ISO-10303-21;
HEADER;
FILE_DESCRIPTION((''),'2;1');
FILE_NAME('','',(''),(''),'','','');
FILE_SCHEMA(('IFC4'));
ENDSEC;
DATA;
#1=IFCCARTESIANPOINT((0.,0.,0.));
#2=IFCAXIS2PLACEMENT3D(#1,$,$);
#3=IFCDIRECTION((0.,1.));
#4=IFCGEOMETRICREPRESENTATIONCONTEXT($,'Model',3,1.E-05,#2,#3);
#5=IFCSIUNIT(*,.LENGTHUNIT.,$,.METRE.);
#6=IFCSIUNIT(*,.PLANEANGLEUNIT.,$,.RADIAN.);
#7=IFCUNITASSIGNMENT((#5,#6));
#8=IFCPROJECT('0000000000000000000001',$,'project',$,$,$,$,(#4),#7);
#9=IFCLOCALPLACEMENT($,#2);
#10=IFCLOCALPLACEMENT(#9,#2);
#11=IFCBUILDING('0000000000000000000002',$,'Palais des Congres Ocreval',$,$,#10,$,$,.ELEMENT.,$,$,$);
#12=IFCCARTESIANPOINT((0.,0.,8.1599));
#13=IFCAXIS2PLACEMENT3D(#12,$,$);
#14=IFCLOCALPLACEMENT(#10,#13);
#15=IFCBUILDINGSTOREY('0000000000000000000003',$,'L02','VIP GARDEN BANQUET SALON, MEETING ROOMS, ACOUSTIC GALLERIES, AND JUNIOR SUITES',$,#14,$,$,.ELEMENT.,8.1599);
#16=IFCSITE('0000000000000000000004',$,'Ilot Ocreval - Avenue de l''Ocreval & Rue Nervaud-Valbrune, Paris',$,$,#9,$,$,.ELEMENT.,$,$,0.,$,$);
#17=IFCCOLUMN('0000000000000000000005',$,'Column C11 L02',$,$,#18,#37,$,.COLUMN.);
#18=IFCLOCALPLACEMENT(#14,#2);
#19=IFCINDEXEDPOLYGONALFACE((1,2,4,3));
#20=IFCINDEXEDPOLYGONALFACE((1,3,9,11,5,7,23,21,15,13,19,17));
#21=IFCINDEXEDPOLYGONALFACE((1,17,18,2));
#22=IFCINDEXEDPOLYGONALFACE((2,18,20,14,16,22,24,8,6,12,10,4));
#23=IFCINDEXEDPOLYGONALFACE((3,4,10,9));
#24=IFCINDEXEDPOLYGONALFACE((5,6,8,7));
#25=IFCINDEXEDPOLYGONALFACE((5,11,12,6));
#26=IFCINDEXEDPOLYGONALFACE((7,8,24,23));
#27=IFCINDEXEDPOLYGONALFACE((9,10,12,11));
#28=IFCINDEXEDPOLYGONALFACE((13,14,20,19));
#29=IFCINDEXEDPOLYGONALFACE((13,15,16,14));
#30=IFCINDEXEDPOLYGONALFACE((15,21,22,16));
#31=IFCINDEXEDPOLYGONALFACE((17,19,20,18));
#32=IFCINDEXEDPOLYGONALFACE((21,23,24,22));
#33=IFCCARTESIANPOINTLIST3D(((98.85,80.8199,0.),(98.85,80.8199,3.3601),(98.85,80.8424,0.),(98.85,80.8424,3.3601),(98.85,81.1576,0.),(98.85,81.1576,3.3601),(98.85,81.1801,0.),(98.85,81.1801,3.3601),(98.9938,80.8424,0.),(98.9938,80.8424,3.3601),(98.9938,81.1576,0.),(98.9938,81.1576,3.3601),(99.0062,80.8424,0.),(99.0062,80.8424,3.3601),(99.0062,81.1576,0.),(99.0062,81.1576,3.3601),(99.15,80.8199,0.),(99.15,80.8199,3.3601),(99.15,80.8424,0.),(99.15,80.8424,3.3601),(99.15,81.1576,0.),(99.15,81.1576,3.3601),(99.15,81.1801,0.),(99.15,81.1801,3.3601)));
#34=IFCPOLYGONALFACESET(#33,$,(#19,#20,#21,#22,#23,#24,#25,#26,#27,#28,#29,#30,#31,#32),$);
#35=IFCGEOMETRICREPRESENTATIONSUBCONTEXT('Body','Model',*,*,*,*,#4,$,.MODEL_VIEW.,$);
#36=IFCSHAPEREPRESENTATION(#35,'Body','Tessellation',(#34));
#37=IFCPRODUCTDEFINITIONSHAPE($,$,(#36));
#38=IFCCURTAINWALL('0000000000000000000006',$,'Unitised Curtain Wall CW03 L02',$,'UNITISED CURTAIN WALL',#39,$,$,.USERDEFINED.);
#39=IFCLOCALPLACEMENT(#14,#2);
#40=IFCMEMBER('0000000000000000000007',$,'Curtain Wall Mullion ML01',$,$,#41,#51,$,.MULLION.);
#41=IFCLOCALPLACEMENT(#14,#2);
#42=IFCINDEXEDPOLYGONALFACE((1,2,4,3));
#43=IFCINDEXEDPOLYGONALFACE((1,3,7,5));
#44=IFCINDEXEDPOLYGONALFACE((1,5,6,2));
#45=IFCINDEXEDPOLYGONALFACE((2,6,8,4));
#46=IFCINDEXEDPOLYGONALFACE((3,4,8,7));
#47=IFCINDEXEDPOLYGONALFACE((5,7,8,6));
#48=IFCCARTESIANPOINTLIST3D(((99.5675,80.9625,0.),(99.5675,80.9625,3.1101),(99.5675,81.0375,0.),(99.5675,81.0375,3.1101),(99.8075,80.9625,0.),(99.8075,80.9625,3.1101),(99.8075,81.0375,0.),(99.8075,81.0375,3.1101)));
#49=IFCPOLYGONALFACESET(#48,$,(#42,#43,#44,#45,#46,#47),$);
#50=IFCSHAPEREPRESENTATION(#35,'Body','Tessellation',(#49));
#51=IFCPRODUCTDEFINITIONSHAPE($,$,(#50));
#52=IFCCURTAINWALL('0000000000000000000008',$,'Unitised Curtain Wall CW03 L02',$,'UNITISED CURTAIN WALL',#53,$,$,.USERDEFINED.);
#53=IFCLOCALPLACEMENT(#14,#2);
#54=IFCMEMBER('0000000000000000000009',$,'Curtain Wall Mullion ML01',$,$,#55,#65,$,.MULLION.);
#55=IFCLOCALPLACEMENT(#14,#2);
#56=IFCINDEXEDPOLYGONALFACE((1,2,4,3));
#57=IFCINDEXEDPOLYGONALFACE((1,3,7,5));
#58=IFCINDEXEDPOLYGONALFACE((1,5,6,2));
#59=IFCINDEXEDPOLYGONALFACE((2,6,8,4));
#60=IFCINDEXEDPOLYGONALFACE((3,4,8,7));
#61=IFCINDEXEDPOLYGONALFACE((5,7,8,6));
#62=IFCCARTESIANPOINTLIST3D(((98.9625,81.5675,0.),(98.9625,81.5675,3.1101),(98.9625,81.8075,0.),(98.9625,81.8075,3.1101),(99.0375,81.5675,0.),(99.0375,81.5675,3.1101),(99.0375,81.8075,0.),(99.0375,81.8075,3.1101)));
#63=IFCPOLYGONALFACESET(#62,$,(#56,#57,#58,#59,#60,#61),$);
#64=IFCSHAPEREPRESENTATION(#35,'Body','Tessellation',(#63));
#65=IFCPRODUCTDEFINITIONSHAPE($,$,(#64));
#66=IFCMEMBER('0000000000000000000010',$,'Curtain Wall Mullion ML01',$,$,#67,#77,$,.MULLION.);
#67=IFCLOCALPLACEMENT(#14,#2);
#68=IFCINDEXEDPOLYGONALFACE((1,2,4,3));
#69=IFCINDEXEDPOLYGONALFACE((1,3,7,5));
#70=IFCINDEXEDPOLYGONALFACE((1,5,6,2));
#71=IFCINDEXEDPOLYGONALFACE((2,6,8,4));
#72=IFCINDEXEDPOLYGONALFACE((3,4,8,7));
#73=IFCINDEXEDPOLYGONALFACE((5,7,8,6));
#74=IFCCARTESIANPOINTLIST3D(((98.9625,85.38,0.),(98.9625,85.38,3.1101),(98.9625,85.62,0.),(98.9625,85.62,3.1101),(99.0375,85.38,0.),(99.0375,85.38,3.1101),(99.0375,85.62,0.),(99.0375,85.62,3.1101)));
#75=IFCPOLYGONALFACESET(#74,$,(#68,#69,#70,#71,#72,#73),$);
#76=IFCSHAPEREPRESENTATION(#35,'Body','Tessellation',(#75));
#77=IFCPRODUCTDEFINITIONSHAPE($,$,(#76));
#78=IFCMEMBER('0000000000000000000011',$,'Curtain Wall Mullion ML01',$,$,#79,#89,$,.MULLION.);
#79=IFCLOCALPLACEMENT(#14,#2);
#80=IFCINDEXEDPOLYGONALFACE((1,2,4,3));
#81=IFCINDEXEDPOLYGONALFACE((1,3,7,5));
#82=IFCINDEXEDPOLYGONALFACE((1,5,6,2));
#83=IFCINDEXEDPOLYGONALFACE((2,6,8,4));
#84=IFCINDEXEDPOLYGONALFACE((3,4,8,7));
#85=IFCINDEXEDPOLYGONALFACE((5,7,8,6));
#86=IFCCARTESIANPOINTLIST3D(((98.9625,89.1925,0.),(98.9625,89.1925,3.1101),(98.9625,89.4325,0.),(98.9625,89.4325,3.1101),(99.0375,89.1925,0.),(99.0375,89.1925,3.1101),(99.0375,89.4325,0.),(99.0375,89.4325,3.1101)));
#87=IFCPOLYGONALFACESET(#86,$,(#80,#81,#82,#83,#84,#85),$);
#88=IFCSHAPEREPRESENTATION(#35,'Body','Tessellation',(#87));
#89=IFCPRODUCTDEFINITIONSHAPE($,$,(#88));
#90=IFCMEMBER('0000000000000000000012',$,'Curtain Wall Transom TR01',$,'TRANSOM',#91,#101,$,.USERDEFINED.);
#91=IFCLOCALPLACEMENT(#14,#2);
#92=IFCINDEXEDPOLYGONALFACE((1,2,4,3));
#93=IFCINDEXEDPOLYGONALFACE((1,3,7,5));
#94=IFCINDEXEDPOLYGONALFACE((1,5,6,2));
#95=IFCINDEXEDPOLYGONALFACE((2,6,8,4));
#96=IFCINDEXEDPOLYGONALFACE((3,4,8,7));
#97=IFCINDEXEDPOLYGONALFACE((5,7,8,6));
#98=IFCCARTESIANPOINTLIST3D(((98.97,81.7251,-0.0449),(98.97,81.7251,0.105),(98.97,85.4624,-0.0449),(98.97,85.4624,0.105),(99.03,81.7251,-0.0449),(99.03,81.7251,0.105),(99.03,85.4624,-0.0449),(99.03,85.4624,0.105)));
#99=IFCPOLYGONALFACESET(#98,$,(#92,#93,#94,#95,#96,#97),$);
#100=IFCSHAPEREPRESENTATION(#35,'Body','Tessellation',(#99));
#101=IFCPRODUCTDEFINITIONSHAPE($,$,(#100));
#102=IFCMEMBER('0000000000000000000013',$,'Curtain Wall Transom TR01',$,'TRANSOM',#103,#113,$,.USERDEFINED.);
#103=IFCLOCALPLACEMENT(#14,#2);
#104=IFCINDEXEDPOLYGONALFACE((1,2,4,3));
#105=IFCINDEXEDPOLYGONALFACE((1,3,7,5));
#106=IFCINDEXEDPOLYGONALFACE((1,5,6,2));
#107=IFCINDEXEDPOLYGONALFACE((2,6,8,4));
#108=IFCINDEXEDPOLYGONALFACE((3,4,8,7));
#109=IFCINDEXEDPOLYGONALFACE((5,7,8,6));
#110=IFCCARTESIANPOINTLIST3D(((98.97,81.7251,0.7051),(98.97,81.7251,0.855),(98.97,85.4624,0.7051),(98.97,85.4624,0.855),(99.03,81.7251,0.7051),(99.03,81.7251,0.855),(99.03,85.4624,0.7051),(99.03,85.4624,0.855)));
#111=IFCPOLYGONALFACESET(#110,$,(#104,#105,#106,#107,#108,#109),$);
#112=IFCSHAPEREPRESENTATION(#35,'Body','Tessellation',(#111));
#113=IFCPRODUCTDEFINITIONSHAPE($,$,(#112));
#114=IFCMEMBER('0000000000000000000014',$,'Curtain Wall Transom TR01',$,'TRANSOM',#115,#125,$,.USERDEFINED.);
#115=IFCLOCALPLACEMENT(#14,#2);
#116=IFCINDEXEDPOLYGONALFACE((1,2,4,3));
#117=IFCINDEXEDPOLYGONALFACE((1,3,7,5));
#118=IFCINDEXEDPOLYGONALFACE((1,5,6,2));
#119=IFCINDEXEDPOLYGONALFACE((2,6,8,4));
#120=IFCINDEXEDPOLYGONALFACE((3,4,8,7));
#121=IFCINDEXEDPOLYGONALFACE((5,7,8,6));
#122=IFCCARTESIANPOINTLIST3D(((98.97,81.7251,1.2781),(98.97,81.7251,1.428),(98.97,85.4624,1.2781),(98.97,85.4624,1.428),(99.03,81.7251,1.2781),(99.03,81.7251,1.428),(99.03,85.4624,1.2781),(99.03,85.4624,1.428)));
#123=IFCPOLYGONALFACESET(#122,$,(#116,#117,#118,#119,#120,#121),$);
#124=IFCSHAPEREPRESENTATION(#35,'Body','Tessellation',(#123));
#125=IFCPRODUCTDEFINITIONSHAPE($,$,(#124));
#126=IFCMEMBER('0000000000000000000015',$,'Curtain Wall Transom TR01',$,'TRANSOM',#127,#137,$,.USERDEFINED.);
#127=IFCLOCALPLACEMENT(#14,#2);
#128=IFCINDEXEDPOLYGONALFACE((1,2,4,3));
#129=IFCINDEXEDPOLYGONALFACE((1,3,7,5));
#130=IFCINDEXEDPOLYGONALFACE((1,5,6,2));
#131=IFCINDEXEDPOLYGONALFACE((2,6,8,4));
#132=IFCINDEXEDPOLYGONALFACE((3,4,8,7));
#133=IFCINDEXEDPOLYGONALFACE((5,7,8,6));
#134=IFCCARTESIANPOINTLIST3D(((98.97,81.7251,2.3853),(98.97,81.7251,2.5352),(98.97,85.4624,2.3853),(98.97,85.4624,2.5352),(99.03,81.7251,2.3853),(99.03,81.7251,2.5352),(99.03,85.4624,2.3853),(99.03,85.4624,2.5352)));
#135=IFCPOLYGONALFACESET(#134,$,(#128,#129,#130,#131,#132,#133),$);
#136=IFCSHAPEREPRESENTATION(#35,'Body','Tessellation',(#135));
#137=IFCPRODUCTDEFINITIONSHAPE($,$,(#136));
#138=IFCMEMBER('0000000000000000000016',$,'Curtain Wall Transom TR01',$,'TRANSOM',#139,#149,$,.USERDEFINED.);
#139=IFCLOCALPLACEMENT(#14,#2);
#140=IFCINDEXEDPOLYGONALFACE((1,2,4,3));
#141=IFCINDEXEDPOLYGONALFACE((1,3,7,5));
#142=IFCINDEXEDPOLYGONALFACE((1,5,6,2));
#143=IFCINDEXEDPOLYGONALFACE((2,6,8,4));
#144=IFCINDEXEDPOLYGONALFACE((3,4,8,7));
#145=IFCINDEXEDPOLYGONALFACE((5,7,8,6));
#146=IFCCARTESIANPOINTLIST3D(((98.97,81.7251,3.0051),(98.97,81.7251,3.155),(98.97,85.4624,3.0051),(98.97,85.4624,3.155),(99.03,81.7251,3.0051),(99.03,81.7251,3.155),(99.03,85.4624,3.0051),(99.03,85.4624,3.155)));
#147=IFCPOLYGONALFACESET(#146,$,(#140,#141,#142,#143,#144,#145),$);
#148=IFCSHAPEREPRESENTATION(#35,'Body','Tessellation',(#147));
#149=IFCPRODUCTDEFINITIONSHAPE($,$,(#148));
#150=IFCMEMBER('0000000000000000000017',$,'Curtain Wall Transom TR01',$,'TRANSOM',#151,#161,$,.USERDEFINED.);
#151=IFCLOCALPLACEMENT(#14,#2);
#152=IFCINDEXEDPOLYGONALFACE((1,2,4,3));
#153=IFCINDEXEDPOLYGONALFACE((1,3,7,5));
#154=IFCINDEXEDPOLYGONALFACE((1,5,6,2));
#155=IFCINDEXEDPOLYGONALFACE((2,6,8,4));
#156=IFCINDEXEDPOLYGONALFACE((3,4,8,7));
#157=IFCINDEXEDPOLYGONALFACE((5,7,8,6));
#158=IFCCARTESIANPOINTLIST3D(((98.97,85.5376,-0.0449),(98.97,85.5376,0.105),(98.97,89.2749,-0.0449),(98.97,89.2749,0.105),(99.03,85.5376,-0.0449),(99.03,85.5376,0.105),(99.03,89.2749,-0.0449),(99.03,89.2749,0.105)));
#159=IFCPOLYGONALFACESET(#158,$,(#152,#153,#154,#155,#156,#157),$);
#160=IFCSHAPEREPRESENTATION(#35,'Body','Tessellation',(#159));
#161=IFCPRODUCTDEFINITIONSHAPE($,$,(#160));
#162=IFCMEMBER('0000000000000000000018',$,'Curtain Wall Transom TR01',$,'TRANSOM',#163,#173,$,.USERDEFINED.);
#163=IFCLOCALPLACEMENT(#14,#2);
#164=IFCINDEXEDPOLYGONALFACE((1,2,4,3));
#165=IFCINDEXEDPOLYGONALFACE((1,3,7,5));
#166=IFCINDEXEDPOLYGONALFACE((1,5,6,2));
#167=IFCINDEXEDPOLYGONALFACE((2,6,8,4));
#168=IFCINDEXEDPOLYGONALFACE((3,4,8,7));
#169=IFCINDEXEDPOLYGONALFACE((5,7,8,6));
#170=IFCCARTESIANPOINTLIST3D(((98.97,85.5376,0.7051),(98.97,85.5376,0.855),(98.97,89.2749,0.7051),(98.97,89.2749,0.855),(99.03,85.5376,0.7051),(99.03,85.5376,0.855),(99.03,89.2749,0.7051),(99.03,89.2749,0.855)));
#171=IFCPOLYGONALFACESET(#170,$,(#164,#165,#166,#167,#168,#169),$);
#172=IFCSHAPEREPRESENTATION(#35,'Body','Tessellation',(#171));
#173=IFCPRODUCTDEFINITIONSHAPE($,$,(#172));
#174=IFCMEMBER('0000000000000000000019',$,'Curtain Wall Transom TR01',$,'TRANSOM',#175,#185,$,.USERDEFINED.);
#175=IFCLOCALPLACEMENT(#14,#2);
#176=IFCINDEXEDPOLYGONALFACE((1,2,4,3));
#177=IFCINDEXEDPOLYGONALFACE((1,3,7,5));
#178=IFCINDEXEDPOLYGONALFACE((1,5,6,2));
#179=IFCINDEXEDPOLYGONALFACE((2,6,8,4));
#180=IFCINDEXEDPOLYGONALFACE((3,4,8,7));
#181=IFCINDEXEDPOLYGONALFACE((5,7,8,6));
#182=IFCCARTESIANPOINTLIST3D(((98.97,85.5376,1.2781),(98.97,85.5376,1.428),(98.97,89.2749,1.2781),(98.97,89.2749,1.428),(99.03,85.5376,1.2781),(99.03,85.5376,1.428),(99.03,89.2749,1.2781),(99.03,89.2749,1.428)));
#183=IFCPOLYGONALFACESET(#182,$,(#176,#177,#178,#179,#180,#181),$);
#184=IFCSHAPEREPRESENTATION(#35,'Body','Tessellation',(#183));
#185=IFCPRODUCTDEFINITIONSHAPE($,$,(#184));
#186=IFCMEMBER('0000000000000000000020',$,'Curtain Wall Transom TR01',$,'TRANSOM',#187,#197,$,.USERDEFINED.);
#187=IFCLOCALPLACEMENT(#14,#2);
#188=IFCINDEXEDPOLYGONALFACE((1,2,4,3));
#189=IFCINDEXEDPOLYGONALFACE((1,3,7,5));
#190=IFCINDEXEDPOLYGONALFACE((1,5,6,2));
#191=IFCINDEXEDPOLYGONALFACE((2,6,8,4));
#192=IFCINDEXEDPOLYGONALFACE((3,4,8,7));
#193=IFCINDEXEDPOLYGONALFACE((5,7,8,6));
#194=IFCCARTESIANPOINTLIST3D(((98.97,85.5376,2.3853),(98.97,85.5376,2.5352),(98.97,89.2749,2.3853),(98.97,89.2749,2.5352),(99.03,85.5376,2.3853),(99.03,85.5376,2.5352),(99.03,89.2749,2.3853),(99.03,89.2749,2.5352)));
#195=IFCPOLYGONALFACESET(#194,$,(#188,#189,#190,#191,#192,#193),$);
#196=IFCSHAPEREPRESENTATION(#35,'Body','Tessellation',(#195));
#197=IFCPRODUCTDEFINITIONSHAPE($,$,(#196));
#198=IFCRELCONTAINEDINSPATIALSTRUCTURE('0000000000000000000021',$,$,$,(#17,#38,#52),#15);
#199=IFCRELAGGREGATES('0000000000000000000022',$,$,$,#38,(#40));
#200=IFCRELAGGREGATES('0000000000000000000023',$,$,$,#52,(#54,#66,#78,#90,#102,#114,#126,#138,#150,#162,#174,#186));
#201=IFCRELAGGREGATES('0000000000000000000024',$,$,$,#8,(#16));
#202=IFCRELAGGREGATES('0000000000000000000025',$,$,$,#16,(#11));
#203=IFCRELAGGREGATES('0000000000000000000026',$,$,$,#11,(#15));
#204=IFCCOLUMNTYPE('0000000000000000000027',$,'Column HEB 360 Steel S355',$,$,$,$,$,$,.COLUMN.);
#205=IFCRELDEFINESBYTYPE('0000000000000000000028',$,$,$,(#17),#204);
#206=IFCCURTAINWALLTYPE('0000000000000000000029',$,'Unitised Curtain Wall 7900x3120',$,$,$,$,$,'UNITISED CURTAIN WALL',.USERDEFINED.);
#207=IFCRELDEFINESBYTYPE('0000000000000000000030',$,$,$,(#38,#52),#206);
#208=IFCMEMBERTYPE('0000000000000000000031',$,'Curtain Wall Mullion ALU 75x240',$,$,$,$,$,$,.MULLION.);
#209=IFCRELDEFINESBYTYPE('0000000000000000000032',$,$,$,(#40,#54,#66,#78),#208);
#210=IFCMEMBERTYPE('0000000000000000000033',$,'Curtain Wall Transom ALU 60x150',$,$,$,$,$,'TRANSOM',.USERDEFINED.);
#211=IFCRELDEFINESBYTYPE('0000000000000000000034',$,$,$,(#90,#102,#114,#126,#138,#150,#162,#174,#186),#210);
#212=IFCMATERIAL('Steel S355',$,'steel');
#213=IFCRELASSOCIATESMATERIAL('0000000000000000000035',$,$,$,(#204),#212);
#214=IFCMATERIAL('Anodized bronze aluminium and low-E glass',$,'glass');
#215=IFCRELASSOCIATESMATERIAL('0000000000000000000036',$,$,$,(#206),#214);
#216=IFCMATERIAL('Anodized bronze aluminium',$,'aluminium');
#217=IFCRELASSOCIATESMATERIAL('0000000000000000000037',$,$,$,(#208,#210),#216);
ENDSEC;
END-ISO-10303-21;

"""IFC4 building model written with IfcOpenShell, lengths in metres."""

from ifc_helpers import new_model, si_unit, direction, frame, origin, origin_2d, place, context, subcontext, project, spatial, rectangle, i_section, extrude, material, material_profile, profile_set, type_object, element, aggregate, save


model = new_model("IFC4")

# Units and contexts
model_context = context("Model", 3, precision=1e-05, world=origin(), true_north=direction((0.0, 1.0)))
body_context = subcontext(model_context, "Body", "Model", "MODEL_VIEW")
ifc_project = project(units=[si_unit("LENGTHUNIT", "METRE"), si_unit("PLANEANGLEUNIT", "RADIAN")], contexts=[model_context])

# Site, building, storey
site_placement = place(None, origin())
site = spatial("IfcSite", under=ifc_project, at=site_placement, Name="Ilot Ocreval - Avenue de l'Ocreval & Rue Nervaud-Valbrune, Paris", CompositionType="ELEMENT", RefElevation=0.0)
building_placement = place(site_placement, origin())
building = spatial("IfcBuilding", under=site, at=building_placement, Name="Palais des Congres Ocreval", CompositionType="ELEMENT")
storey_placement = place(building_placement, frame((0.0, 0.0, 8.1599)))
storey = spatial("IfcBuildingStorey", under=building, at=storey_placement, Name="L02", Description="VIP GARDEN BANQUET SALON, MEETING ROOMS, ACOUSTIC GALLERIES, AND JUNIOR SUITES", CompositionType="ELEMENT", Elevation=8.1599)

# Column
ifc_material_1 = material(Name="Steel S355", Category="steel")
ifc_material_profile_1 = material_profile(ifc_material_1, i_section(OverallWidth=0.3, OverallDepth=0.3601, WebThickness=0.0125, FlangeThickness=0.0225, at=origin_2d()), Name="HEB 360")
ifc_profile_set_1 = profile_set([ifc_material_profile_1], Name="Steel S355")
column_type = type_object("IfcColumnType", Name="Column HEB 360 Steel S355", PredefinedType="COLUMN", material=ifc_profile_set_1)
column_placement = place(storey_placement, frame((99.0, 81.0, 0.0), z_axis=(0.0, 0.0, 1.0), x_axis=(1.0, 0.0, 0.0)))
element("IfcColumn", 1, at=column_placement, inside=storey, type_object=column_type, Name="Column C11 L02", PredefinedType="COLUMN", context=body_context, shape_type="SweptSolid", body=[
    extrude(i_section(OverallWidth=0.3, OverallDepth=0.3601, WebThickness=0.0125, FlangeThickness=0.0225, at=origin_2d()), origin(), (0.0, 0.0, 1.0), 3.3601),
])

# Curtain wall, member
ifc_material_2 = material(Name="Anodized bronze aluminium and low-E glass", Category="glass")
curtain_wall_type = type_object("IfcCurtainWallType", Name="Unitised Curtain Wall 7900x3120", ElementType="UNITISED CURTAIN WALL", PredefinedType="USERDEFINED", material=ifc_material_2)
curtain_wall_1_placement = place(storey_placement, origin())
curtain_wall_1 = element("IfcCurtainWall", 2, at=curtain_wall_1_placement, inside=storey, type_object=curtain_wall_type, Name="Unitised Curtain Wall CW03 L02", ObjectType="UNITISED CURTAIN WALL", PredefinedType="USERDEFINED")
ifc_material_3 = material(Name="Anodized bronze aluminium", Category="aluminium")
ifc_material_profile_2 = material_profile(ifc_material_3, rectangle(XDim=0.075, YDim=0.24, at=origin_2d()), Name="ALU 75x240")
ifc_profile_set_2 = profile_set([ifc_material_profile_2], Name="Anodized bronze aluminium")
member_type_1 = type_object("IfcMemberType", Name="Curtain Wall Mullion ALU 75x240", PredefinedType="MULLION", material=ifc_profile_set_2)
member_1_placement = place(storey_placement, frame((99.6875, 81.0, 0.0), z_axis=(0.0, 0.0, 1.0), x_axis=(0.0, -1.0, 0.0)))
member_1 = element("IfcMember", 3, at=member_1_placement, type_object=member_type_1, Name="Curtain Wall Mullion ML01", PredefinedType="MULLION", context=body_context, shape_type="SweptSolid", body=[
    extrude(rectangle(XDim=0.075, YDim=0.24, at=origin_2d()), origin(), (0.0, 0.0, 1.0), 3.1101),
])

# Curtain wall, members
curtain_wall_2_placement = place(storey_placement, origin())
curtain_wall_2 = element("IfcCurtainWall", 4, at=curtain_wall_2_placement, inside=storey, type_object=curtain_wall_type, Name="Unitised Curtain Wall CW03 L02", ObjectType="UNITISED CURTAIN WALL", PredefinedType="USERDEFINED")
member_2_placement = place(storey_placement, frame((99.0, 81.6875, 0.0), z_axis=(0.0, 0.0, 1.0), x_axis=(-1.0, 0.0, 0.0)))
member_2 = element("IfcMember", 5, at=member_2_placement, type_object=member_type_1, Name="Curtain Wall Mullion ML01", PredefinedType="MULLION", context=body_context, shape_type="SweptSolid", body=[
    extrude(rectangle(XDim=0.075, YDim=0.24, at=origin_2d()), origin(), (0.0, 0.0, 1.0), 3.1101),
])
member_3_placement = place(storey_placement, frame((99.0, 85.5, 0.0), z_axis=(0.0, 0.0, 1.0), x_axis=(-1.0, 0.0, 0.0)))
member_3 = element("IfcMember", 6, at=member_3_placement, type_object=member_type_1, Name="Curtain Wall Mullion ML01", PredefinedType="MULLION", context=body_context, shape_type="SweptSolid", body=[
    extrude(rectangle(XDim=0.075, YDim=0.24, at=origin_2d()), origin(), (0.0, 0.0, 1.0), 3.1101),
])
member_4_placement = place(storey_placement, frame((99.0, 89.3125, 0.0), z_axis=(0.0, 0.0, 1.0), x_axis=(-1.0, 0.0, 0.0)))
member_4 = element("IfcMember", 7, at=member_4_placement, type_object=member_type_1, Name="Curtain Wall Mullion ML01", PredefinedType="MULLION", context=body_context, shape_type="SweptSolid", body=[
    extrude(rectangle(XDim=0.075, YDim=0.24, at=origin_2d()), origin(), (0.0, 0.0, 1.0), 3.1101),
])
ifc_material_profile_3 = material_profile(ifc_material_3, rectangle(XDim=0.0601, YDim=0.1499, at=origin_2d()), Name="ALU 60x150")
ifc_profile_set_3 = profile_set([ifc_material_profile_3], Name="Anodized bronze aluminium")
member_type_2 = type_object("IfcMemberType", Name="Curtain Wall Transom ALU 60x150", ElementType="TRANSOM", PredefinedType="USERDEFINED", material=ifc_profile_set_3)
member_5_placement = place(storey_placement, frame((99.0, 81.7251, 0.03), z_axis=(0.0, 1.0, 0.0), x_axis=(-1.0, 0.0, 0.0)))
member_5 = element("IfcMember", 8, at=member_5_placement, type_object=member_type_2, Name="Curtain Wall Transom TR01", ObjectType="TRANSOM", PredefinedType="USERDEFINED", context=body_context, shape_type="SweptSolid", body=[
    extrude(rectangle(XDim=0.0601, YDim=0.1499, at=origin_2d()), origin(), (0.0, 0.0, 1.0), 3.7373),
])
member_6_placement = place(storey_placement, frame((99.0, 81.7251, 0.78), z_axis=(0.0, 1.0, 0.0), x_axis=(-1.0, 0.0, 0.0)))
member_6 = element("IfcMember", 9, at=member_6_placement, type_object=member_type_2, Name="Curtain Wall Transom TR01", ObjectType="TRANSOM", PredefinedType="USERDEFINED", context=body_context, shape_type="SweptSolid", body=[
    extrude(rectangle(XDim=0.0601, YDim=0.1499, at=origin_2d()), origin(), (0.0, 0.0, 1.0), 3.7373),
])
member_7_placement = place(storey_placement, frame((99.0, 81.7251, 1.353), z_axis=(0.0, 1.0, 0.0), x_axis=(-1.0, 0.0, 0.0)))
member_7 = element("IfcMember", 10, at=member_7_placement, type_object=member_type_2, Name="Curtain Wall Transom TR01", ObjectType="TRANSOM", PredefinedType="USERDEFINED", context=body_context, shape_type="SweptSolid", body=[
    extrude(rectangle(XDim=0.0601, YDim=0.1499, at=origin_2d()), origin(), (0.0, 0.0, 1.0), 3.7373),
])
member_8_placement = place(storey_placement, frame((99.0, 81.7251, 2.4602), z_axis=(0.0, 1.0, 0.0), x_axis=(-1.0, 0.0, 0.0)))
member_8 = element("IfcMember", 11, at=member_8_placement, type_object=member_type_2, Name="Curtain Wall Transom TR01", ObjectType="TRANSOM", PredefinedType="USERDEFINED", context=body_context, shape_type="SweptSolid", body=[
    extrude(rectangle(XDim=0.0601, YDim=0.1499, at=origin_2d()), origin(), (0.0, 0.0, 1.0), 3.7373),
])
member_9_placement = place(storey_placement, frame((99.0, 81.7251, 3.0801), z_axis=(0.0, 1.0, 0.0), x_axis=(-1.0, 0.0, 0.0)))
member_9 = element("IfcMember", 12, at=member_9_placement, type_object=member_type_2, Name="Curtain Wall Transom TR01", ObjectType="TRANSOM", PredefinedType="USERDEFINED", context=body_context, shape_type="SweptSolid", body=[
    extrude(rectangle(XDim=0.0601, YDim=0.1499, at=origin_2d()), origin(), (0.0, 0.0, 1.0), 3.7373),
])
member_10_placement = place(storey_placement, frame((99.0, 85.5376, 0.03), z_axis=(0.0, 1.0, 0.0), x_axis=(-1.0, 0.0, 0.0)))
member_10 = element("IfcMember", 13, at=member_10_placement, type_object=member_type_2, Name="Curtain Wall Transom TR01", ObjectType="TRANSOM", PredefinedType="USERDEFINED", context=body_context, shape_type="SweptSolid", body=[
    extrude(rectangle(XDim=0.0601, YDim=0.1499, at=origin_2d()), origin(), (0.0, 0.0, 1.0), 3.7373),
])
member_11_placement = place(storey_placement, frame((99.0, 85.5376, 0.78), z_axis=(0.0, 1.0, 0.0), x_axis=(-1.0, 0.0, 0.0)))
member_11 = element("IfcMember", 14, at=member_11_placement, type_object=member_type_2, Name="Curtain Wall Transom TR01", ObjectType="TRANSOM", PredefinedType="USERDEFINED", context=body_context, shape_type="SweptSolid", body=[
    extrude(rectangle(XDim=0.0601, YDim=0.1499, at=origin_2d()), origin(), (0.0, 0.0, 1.0), 3.7373),
])
member_12_placement = place(storey_placement, frame((99.0, 85.5376, 1.353), z_axis=(0.0, 1.0, 0.0), x_axis=(-1.0, 0.0, 0.0)))
member_12 = element("IfcMember", 15, at=member_12_placement, type_object=member_type_2, Name="Curtain Wall Transom TR01", ObjectType="TRANSOM", PredefinedType="USERDEFINED", context=body_context, shape_type="SweptSolid", body=[
    extrude(rectangle(XDim=0.0601, YDim=0.1499, at=origin_2d()), origin(), (0.0, 0.0, 1.0), 3.7373),
])
member_13_placement = place(storey_placement, frame((99.0, 85.5376, 2.4602), z_axis=(0.0, 1.0, 0.0), x_axis=(-1.0, 0.0, 0.0)))
member_13 = element("IfcMember", 16, at=member_13_placement, type_object=member_type_2, Name="Curtain Wall Transom TR01", ObjectType="TRANSOM", PredefinedType="USERDEFINED", context=body_context, shape_type="SweptSolid", body=[
    extrude(rectangle(XDim=0.0601, YDim=0.1499, at=origin_2d()), origin(), (0.0, 0.0, 1.0), 3.7373),
])

aggregate(curtain_wall_1, [member_1])

aggregate(curtain_wall_2, [member_2, member_3, member_4, member_5, member_6, member_7, member_8, member_9, member_10, member_11, member_12, member_13])

save(model, "model.ifc")
